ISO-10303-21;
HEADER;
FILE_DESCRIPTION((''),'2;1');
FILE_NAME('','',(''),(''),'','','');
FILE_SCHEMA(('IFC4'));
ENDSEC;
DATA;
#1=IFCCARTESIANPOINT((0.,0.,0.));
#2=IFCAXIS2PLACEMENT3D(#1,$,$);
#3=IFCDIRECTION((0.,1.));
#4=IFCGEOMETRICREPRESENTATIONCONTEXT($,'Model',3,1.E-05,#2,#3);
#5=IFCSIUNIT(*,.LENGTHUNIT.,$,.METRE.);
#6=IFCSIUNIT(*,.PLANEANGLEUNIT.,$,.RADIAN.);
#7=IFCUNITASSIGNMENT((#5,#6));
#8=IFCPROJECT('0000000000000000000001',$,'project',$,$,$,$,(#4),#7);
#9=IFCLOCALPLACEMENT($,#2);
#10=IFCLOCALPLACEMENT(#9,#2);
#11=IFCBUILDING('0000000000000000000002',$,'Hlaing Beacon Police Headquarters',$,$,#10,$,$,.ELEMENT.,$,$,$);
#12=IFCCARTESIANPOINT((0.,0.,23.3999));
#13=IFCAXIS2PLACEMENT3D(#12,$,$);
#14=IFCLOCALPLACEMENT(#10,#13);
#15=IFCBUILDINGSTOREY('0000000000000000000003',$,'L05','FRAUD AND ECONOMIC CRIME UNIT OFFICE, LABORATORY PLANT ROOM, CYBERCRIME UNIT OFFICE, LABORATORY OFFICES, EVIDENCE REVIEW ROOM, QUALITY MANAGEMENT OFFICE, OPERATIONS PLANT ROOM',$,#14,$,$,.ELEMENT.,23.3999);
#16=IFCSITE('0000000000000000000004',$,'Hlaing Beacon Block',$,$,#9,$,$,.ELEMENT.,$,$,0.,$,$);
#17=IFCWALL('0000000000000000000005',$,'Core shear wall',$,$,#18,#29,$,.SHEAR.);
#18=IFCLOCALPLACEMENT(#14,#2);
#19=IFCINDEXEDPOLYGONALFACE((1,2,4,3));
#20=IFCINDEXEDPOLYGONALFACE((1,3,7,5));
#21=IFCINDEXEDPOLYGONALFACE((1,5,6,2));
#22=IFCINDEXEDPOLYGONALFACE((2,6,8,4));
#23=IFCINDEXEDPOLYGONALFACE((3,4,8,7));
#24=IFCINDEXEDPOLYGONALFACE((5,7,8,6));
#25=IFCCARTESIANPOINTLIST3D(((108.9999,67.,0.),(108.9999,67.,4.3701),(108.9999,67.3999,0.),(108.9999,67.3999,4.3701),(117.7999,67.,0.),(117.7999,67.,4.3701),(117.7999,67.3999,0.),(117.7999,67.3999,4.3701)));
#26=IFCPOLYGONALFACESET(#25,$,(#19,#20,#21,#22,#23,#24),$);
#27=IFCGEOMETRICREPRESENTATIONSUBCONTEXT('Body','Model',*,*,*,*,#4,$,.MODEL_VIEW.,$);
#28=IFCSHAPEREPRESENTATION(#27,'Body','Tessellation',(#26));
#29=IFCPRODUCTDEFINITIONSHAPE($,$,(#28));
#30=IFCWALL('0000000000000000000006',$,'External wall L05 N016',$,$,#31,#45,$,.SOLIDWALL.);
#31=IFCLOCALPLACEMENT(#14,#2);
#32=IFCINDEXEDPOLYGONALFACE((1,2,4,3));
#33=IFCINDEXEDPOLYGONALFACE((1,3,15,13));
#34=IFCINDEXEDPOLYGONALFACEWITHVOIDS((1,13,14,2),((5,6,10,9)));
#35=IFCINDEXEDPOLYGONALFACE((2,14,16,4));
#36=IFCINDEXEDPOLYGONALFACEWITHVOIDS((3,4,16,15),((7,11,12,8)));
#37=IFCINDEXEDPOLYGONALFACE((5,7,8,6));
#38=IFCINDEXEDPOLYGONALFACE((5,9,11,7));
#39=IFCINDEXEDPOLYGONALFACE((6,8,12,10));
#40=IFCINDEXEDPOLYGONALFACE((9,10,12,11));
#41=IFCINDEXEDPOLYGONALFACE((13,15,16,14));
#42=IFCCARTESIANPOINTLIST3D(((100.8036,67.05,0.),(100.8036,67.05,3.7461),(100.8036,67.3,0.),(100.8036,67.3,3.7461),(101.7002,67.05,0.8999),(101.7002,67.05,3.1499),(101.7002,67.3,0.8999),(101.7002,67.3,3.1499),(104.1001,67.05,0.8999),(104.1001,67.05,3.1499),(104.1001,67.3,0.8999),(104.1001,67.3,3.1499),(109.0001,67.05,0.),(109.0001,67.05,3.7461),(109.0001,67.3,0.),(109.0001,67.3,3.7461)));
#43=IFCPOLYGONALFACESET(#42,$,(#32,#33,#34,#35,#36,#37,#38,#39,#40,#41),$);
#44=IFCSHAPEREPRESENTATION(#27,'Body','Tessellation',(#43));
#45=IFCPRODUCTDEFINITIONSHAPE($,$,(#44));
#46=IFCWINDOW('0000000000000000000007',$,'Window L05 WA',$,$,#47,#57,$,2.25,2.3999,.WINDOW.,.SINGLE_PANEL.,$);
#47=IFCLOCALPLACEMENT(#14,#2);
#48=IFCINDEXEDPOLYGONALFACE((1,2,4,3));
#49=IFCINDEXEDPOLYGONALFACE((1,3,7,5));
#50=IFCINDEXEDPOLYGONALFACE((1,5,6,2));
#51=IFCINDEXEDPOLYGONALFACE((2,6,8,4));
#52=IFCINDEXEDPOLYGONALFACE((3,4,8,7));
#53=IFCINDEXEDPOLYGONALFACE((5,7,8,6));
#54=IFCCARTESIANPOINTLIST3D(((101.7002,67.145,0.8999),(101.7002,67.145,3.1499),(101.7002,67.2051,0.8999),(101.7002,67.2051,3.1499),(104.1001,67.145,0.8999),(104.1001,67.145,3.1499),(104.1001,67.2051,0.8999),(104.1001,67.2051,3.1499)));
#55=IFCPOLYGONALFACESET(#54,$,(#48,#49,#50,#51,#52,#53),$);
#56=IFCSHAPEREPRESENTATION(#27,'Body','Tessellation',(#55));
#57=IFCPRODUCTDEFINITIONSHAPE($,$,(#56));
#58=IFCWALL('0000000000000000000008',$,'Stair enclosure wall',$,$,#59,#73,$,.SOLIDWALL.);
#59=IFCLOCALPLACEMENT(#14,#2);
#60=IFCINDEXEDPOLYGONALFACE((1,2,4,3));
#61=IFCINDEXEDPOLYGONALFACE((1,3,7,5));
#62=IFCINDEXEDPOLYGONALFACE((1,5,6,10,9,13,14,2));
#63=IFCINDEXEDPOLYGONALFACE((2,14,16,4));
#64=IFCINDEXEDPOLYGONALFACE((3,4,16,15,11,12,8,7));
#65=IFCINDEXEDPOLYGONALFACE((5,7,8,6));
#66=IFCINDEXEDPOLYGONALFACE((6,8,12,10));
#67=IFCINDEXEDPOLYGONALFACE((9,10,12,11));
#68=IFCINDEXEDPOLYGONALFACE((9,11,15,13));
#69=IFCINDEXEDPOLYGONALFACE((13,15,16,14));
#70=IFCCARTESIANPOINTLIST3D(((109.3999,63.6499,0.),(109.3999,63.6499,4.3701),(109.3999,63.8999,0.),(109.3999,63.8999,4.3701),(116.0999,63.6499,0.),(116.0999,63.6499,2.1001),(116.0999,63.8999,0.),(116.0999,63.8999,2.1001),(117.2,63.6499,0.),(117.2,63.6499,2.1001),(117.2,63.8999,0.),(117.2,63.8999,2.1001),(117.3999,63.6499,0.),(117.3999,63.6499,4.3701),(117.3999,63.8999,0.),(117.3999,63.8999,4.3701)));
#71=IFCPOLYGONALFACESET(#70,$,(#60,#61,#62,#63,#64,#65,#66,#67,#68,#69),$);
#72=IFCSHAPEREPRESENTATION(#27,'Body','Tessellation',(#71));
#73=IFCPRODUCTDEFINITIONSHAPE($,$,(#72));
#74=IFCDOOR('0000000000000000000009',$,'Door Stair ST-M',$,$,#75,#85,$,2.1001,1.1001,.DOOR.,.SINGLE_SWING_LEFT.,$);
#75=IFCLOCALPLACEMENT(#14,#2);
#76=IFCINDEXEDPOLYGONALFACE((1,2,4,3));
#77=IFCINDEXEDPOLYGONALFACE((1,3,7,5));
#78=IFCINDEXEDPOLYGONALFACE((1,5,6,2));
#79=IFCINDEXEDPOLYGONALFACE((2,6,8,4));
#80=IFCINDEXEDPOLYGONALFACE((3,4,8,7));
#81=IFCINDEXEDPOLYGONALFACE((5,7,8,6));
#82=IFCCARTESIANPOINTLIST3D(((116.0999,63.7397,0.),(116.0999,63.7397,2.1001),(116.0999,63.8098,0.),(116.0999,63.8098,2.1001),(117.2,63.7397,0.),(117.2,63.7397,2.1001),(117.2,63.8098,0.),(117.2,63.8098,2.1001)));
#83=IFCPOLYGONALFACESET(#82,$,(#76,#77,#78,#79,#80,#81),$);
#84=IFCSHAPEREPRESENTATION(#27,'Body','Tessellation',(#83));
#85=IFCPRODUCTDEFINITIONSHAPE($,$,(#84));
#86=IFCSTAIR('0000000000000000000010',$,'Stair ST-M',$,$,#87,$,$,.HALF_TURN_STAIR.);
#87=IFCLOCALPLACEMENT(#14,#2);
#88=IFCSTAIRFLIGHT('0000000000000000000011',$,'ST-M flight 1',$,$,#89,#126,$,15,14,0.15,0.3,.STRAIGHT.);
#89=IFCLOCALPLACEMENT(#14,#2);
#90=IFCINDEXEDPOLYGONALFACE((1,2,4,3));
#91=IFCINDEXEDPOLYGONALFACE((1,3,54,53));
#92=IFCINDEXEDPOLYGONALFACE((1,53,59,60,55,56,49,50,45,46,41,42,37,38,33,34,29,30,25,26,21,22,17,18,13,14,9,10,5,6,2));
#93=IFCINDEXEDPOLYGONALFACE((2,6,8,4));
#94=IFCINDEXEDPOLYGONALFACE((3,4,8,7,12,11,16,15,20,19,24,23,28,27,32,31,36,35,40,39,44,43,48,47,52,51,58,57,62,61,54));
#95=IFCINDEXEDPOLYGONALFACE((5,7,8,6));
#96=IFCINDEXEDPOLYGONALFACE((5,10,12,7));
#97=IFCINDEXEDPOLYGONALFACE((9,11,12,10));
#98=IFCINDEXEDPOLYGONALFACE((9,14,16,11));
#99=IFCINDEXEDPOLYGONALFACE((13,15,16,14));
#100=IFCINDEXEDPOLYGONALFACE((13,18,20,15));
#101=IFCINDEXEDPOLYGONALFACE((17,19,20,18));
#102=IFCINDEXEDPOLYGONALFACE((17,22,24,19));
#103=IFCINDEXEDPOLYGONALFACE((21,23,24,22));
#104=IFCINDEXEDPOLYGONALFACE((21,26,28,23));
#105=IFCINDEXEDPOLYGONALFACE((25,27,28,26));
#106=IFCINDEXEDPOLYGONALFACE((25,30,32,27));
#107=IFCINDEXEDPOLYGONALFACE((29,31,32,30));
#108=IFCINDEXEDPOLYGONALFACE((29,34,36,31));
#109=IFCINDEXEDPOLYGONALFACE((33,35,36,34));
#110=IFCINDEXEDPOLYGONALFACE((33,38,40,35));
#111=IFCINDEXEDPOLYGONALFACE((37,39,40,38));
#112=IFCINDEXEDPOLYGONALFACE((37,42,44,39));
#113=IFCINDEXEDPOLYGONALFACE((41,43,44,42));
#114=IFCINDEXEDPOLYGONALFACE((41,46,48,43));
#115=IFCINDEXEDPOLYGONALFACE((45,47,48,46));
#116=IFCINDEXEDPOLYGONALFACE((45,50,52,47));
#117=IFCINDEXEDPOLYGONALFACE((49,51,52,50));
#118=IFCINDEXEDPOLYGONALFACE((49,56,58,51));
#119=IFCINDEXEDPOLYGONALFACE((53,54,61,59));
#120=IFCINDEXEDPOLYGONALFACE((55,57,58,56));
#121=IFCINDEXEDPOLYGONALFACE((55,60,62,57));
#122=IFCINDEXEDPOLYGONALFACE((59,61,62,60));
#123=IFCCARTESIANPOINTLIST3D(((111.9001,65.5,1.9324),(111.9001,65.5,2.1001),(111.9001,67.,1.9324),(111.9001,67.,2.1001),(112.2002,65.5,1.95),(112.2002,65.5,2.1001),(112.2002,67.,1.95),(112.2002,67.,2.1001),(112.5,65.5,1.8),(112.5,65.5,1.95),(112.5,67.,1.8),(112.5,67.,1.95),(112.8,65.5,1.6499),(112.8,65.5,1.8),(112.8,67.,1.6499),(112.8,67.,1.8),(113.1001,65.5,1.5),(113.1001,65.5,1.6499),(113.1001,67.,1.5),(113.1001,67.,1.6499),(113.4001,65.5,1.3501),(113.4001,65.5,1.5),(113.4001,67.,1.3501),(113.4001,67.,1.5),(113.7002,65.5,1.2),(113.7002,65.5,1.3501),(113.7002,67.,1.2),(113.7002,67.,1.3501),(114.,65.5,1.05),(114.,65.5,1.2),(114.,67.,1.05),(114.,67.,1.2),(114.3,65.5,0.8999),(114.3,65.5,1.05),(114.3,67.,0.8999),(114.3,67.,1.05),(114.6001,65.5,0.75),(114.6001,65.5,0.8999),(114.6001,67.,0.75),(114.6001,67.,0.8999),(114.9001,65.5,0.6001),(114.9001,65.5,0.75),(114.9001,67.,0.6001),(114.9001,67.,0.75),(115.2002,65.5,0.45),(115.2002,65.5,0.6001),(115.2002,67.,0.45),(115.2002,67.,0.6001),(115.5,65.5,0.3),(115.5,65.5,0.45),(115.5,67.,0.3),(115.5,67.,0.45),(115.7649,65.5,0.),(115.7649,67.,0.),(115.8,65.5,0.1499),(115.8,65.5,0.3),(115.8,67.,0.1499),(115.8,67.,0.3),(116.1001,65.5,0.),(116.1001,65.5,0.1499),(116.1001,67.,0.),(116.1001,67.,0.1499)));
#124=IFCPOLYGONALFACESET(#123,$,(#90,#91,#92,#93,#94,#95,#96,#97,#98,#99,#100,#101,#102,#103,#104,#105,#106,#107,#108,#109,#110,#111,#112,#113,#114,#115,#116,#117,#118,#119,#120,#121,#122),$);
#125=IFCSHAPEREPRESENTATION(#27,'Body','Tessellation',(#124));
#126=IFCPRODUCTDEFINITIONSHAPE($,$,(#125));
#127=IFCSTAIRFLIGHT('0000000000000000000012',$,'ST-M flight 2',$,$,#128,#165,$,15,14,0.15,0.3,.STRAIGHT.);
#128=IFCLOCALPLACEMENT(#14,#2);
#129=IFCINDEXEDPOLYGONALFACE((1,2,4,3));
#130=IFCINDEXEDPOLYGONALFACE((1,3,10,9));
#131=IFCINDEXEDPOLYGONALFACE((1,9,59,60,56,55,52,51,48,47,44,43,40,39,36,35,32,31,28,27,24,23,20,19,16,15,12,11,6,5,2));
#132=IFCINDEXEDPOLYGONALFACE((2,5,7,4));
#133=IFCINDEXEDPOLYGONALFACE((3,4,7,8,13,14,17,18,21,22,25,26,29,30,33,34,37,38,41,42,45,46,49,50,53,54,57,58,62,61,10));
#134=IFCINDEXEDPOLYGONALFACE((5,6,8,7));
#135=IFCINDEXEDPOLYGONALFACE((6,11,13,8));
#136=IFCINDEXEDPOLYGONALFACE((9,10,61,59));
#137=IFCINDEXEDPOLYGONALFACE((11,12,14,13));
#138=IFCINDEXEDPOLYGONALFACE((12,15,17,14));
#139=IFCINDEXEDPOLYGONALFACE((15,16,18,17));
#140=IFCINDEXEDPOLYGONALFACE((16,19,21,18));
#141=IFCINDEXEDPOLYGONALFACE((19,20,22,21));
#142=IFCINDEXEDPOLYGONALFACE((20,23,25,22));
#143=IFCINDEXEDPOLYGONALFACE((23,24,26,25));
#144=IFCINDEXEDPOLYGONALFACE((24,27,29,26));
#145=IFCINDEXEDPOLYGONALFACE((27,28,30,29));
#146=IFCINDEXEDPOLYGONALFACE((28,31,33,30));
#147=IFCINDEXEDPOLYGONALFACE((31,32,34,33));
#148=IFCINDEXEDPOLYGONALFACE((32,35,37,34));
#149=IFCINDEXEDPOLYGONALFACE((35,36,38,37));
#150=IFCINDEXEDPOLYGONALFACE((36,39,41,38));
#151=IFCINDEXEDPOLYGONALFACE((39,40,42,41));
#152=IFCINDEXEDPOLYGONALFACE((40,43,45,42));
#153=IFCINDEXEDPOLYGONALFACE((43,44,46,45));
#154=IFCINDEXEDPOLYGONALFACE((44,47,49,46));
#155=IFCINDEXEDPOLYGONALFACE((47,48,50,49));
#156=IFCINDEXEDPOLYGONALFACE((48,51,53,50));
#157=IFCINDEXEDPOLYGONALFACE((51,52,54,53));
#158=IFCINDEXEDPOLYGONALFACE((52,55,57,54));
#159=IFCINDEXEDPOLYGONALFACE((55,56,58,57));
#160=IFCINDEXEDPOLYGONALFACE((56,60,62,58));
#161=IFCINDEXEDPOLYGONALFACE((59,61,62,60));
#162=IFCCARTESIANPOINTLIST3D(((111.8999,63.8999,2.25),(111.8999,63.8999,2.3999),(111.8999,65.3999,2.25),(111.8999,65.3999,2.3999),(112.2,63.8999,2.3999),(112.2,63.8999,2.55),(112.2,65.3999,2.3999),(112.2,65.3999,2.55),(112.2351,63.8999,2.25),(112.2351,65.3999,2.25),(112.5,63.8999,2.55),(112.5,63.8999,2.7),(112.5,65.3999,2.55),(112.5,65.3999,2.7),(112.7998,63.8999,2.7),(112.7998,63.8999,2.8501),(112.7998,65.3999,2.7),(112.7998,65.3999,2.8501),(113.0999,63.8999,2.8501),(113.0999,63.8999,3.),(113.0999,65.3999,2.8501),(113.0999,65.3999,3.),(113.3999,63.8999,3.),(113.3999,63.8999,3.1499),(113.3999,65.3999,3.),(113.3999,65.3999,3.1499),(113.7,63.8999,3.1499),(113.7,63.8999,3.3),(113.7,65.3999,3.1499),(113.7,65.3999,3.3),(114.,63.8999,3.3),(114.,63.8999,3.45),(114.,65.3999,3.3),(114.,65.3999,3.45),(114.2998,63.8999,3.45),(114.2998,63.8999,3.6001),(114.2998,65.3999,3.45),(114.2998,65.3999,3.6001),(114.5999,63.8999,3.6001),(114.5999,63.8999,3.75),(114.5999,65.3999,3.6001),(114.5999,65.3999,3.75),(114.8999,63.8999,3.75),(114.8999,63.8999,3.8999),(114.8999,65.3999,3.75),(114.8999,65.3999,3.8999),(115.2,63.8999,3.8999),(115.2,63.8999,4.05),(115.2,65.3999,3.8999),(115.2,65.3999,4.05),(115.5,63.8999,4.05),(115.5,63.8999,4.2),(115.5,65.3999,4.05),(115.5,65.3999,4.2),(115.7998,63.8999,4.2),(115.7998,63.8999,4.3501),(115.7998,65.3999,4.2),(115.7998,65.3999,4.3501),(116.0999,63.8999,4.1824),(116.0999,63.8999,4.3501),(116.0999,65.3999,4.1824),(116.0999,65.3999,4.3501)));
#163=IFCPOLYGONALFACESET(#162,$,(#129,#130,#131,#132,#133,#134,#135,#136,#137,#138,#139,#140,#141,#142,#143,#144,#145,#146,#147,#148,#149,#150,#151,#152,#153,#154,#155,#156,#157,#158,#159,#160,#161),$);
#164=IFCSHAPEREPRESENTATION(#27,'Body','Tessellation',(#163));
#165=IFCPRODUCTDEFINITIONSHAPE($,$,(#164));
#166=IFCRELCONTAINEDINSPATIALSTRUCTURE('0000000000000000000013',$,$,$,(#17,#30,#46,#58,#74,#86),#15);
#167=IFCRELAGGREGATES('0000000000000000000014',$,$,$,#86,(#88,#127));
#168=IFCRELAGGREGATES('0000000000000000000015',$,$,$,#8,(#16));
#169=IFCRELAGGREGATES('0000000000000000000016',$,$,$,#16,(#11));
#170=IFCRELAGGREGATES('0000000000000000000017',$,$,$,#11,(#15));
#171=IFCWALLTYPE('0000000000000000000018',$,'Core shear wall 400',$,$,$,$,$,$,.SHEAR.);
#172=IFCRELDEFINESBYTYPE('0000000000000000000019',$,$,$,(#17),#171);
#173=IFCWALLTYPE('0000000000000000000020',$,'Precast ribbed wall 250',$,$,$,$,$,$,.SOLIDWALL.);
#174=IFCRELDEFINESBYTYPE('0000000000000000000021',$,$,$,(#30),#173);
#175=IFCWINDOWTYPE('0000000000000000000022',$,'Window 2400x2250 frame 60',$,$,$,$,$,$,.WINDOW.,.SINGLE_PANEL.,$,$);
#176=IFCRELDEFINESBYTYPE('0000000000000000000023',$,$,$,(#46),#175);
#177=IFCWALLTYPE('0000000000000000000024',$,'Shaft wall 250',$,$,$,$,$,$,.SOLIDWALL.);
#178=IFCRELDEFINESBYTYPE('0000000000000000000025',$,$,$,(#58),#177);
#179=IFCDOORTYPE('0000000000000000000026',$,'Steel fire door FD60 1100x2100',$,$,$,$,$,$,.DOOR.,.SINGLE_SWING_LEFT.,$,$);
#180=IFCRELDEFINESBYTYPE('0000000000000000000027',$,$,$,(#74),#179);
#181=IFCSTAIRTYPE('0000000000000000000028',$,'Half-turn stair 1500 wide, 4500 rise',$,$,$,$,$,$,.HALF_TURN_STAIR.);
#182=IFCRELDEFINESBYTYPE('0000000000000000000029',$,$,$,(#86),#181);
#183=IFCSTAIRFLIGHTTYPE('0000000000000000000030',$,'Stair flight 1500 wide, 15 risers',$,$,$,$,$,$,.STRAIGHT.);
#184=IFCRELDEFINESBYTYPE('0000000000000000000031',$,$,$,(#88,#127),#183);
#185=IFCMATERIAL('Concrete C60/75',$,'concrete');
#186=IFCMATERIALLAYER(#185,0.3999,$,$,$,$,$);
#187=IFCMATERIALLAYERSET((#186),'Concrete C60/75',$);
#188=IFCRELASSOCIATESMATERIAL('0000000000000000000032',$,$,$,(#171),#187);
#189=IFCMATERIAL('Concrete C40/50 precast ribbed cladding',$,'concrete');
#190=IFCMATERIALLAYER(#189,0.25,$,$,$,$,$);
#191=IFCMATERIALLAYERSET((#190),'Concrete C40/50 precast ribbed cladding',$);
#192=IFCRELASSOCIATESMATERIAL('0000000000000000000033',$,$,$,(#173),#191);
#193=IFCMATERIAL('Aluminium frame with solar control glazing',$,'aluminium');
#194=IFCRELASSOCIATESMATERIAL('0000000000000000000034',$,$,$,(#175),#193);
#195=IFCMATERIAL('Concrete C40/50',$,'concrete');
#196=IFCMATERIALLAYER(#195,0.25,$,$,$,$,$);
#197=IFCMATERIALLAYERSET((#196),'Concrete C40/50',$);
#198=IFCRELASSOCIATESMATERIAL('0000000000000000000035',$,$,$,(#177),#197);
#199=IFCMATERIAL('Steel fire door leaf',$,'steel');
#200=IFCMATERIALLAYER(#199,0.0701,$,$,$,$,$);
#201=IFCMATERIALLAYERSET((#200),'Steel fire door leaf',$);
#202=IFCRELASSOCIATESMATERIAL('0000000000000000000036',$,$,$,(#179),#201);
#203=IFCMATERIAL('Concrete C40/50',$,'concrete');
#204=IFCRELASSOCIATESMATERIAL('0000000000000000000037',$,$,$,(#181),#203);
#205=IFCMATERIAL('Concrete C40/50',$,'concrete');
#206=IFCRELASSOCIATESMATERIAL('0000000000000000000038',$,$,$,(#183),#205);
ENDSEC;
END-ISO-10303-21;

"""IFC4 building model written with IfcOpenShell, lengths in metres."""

from ifc_helpers import new_model, si_unit, direction, frame, frame_2d, origin, place, context, subcontext, project, spatial, polyline, rectangle, outline, extrude, material, layer, layer_set, type_object, element, fill, aggregate, save


model = new_model("IFC4")

# Units and contexts
model_context = context("Model", 3, precision=1e-05, world=origin(), true_north=direction((0.0, 1.0)))
body_context = subcontext(model_context, "Body", "Model", "MODEL_VIEW")
ifc_project = project(units=[si_unit("LENGTHUNIT", "METRE"), si_unit("PLANEANGLEUNIT", "RADIAN")], contexts=[model_context])

# Site, building, storey
site_placement = place(None, origin())
site = spatial("IfcSite", under=ifc_project, at=site_placement, Name="Hlaing Beacon Block", CompositionType="ELEMENT", RefElevation=0.0)
building_placement = place(site_placement, origin())
building = spatial("IfcBuilding", under=site, at=building_placement, Name="Hlaing Beacon Police Headquarters", CompositionType="ELEMENT")
storey_placement = place(building_placement, frame((0.0, 0.0, 23.3999)))
storey = spatial("IfcBuildingStorey", under=building, at=storey_placement, Name="L05", Description="FRAUD AND ECONOMIC CRIME UNIT OFFICE, LABORATORY PLANT ROOM, CYBERCRIME UNIT OFFICE, LABORATORY OFFICES, EVIDENCE REVIEW ROOM, QUALITY MANAGEMENT OFFICE, OPERATIONS PLANT ROOM", CompositionType="ELEMENT", Elevation=23.3999)

# Wall
ifc_material_1 = material(Name="Concrete C60/75", Category="concrete")
ifc_layer_1 = layer(ifc_material_1, 0.3999)
ifc_layer_set_1 = layer_set([ifc_layer_1], Name="Concrete C60/75")
wall_type_1 = type_object("IfcWallType", Name="Core shear wall 400", PredefinedType="SHEAR", material=ifc_layer_set_1)
wall_1_placement = place(storey_placement, frame((109.0, 67.2, 0.0), z_axis=(0.0, 0.0, 1.0), x_axis=(1.0, 0.0, 0.0)))
element("IfcWall", 1, at=wall_1_placement, inside=storey, type_object=wall_type_1, Name="Core shear wall", PredefinedType="SHEAR", context=body_context, shape_type="SweptSolid", body=[
    extrude(rectangle(XDim=8.8, YDim=0.3999, at=frame_2d((4.3999, 0.0))), origin(), (0.0, 0.0, 1.0), 4.3701),
])

# Wall, opening, window
ifc_material_2 = material(Name="Concrete C40/50 precast ribbed cladding", Category="concrete")
ifc_layer_2 = layer(ifc_material_2, 0.25)
ifc_layer_set_2 = layer_set([ifc_layer_2], Name="Concrete C40/50 precast ribbed cladding")
wall_type_2 = type_object("IfcWallType", Name="Precast ribbed wall 250", PredefinedType="SOLIDWALL", material=ifc_layer_set_2)
wall_2_placement = place(storey_placement, frame((109.0, 67.175, 0.0), z_axis=(0.0, 0.0, 1.0), x_axis=(-1.0, 0.0, 0.0)))
wall_2 = element("IfcWall", 2, at=wall_2_placement, inside=storey, type_object=wall_type_2, Name="External wall L05 N016", PredefinedType="SOLIDWALL", context=body_context, shape_type="SweptSolid", body=[
    extrude(rectangle(XDim=8.1965, YDim=0.25, at=frame_2d((4.0981, 0.0))), origin(), (0.0, 0.0, 1.0), 3.7461),
])
opening_1_placement = place(wall_2_placement, frame((4.8999, 0.0, 0.8999)))
opening_1 = element("IfcOpeningElement", 3, at=opening_1_placement, cuts=wall_2, PredefinedType="OPENING", context=body_context, shape_type="SweptSolid", body=[
    extrude(rectangle(XDim=2.3999, YDim=2.25, at=frame_2d((1.2, 1.125))), frame((0.0, 0.135, 0.0), z_axis=(0.0, -1.0, 0.0), x_axis=(1.0, 0.0, 0.0)), (0.0, 0.0, 1.0), 0.27),
])
ifc_material_3 = material(Name="Aluminium frame with solar control glazing", Category="aluminium")
window_type = type_object("IfcWindowType", Name="Window 2400x2250 frame 60", PartitioningType="SINGLE_PANEL", PredefinedType="WINDOW", material=ifc_material_3)
window_placement = place(opening_1_placement, origin())
window = element("IfcWindow", 4, at=window_placement, inside=storey, type_object=window_type, Name="Window L05 WA", OverallHeight=2.25, OverallWidth=2.3999, PartitioningType="SINGLE_PANEL", PredefinedType="WINDOW", context=body_context, shape_type="SweptSolid", body=[
    extrude(rectangle(XDim=2.3999, YDim=2.25, at=frame_2d((1.2, 1.125))), frame((0.0, 0.03, 0.0), z_axis=(0.0, -1.0, 0.0), x_axis=(1.0, 0.0, 0.0)), (0.0, 0.0, 1.0), 0.0601),
])
fill(opening_1, window)

# Wall, opening, door
ifc_material_4 = material(Name="Concrete C40/50", Category="concrete")
ifc_layer_3 = layer(ifc_material_4, 0.25)
ifc_layer_set_3 = layer_set([ifc_layer_3], Name="Concrete C40/50")
wall_type_3 = type_object("IfcWallType", Name="Shaft wall 250", PredefinedType="SOLIDWALL", material=ifc_layer_set_3)
wall_3_placement = place(storey_placement, frame((117.3999, 63.7749, 0.0), z_axis=(0.0, 0.0, 1.0), x_axis=(-1.0, 0.0, 0.0)))
wall_3 = element("IfcWall", 5, at=wall_3_placement, inside=storey, type_object=wall_type_3, Name="Stair enclosure wall", PredefinedType="SOLIDWALL", context=body_context, shape_type="SweptSolid", body=[
    extrude(rectangle(XDim=8.0, YDim=0.25, at=frame_2d((4.0, 0.0))), origin(), (0.0, 0.0, 1.0), 4.3701),
])
opening_2_placement = place(wall_3_placement, frame((0.2, 0.0, 0.0)))
opening_2 = element("IfcOpeningElement", 6, at=opening_2_placement, cuts=wall_3, PredefinedType="OPENING", context=body_context, shape_type="SweptSolid", body=[
    extrude(rectangle(XDim=1.1001, YDim=2.1001, at=frame_2d((0.55, 1.05))), frame((0.0, 0.135, 0.0), z_axis=(0.0, -1.0, 0.0), x_axis=(1.0, 0.0, 0.0)), (0.0, 0.0, 1.0), 0.27),
])
ifc_material_5 = material(Name="Steel fire door leaf", Category="steel")
ifc_layer_4 = layer(ifc_material_5, 0.0701)
ifc_layer_set_4 = layer_set([ifc_layer_4], Name="Steel fire door leaf")
door_type = type_object("IfcDoorType", Name="Steel fire door FD60 1100x2100", OperationType="SINGLE_SWING_LEFT", PredefinedType="DOOR", material=ifc_layer_set_4)
door_placement = place(opening_2_placement, frame((1.1001, 0.0, 0.0), z_axis=(0.0, 0.0, 1.0), x_axis=(-1.0, 0.0, 0.0)))
door = element("IfcDoor", 7, at=door_placement, inside=storey, type_object=door_type, Name="Door Stair ST-M", OperationType="SINGLE_SWING_LEFT", OverallHeight=2.1001, OverallWidth=1.1001, PredefinedType="DOOR", context=body_context, shape_type="SweptSolid", body=[
    extrude(rectangle(XDim=1.1001, YDim=2.1001, at=frame_2d((0.55, 1.05))), frame((0.0, 0.0349, 0.0), z_axis=(0.0, -1.0, 0.0), x_axis=(1.0, 0.0, 0.0)), (0.0, 0.0, 1.0), 0.0701),
])
fill(opening_2, door)

# Stair, stair flights
ifc_material_6 = material(Name="Concrete C40/50", Category="concrete")
stair_type = type_object("IfcStairType", Name="Half-turn stair 1500 wide, 4500 rise", PredefinedType="HALF_TURN_STAIR", material=ifc_material_6)
stair_placement = place(storey_placement, origin())
stair = element("IfcStair", 8, at=stair_placement, inside=storey, type_object=stair_type, Name="Stair ST-M", PredefinedType="HALF_TURN_STAIR")
ifc_material_7 = material(Name="Concrete C40/50", Category="concrete")
stair_flight_type = type_object("IfcStairFlightType", Name="Stair flight 1500 wide, 15 risers", PredefinedType="STRAIGHT", material=ifc_material_7)
stair_flight_1_placement = place(storey_placement, frame((116.1001, 66.25, 0.0), z_axis=(0.0, 0.0, 1.0), x_axis=(-1.0, 0.0, 0.0)))
stair_flight_1 = element("IfcStairFlight", 9, at=stair_flight_1_placement, type_object=stair_flight_type, Name="ST-M flight 1", NumberOfRisers=15, NumberOfTreads=14, PredefinedType="STRAIGHT", RiserHeight=0.15, TreadLength=0.3, context=body_context, shape_type="SweptSolid", body=[
    extrude(outline(polyline([(0.0, 0.0), (0.0, 0.1499), (0.3, 0.1499), (0.3, 0.3), (0.6001, 0.3), (0.6001, 0.45), (0.8999, 0.45), (0.8999, 0.6001), (1.2, 0.6001), (1.2, 0.75), (1.5, 0.75), (1.5, 0.8999), (1.8, 0.8999), (1.8, 1.05), (2.1001, 1.05), (2.1001, 1.2), (2.3999, 1.2), (2.3999, 1.3501), (2.7, 1.3501), (2.7, 1.5), (3.0, 1.5), (3.0, 1.6499), (3.3, 1.6499), (3.3, 1.8), (3.6001, 1.8), (3.6001, 1.95), (3.8999, 1.95), (3.8999, 2.1001), (4.2, 2.1001), (4.2, 2.25), (4.2, 1.9324), (0.3352, 0.0), (0.0, 0.0)])), frame((0.0, 0.75, 0.0), z_axis=(0.0, -1.0, 0.0), x_axis=(1.0, 0.0, 0.0)), (0.0, 0.0, 1.0), 1.5),
])
stair_flight_2_placement = place(storey_placement, frame((111.8999, 64.6499, 2.25), z_axis=(0.0, 0.0, 1.0), x_axis=(1.0, 0.0, 0.0)))
stair_flight_2 = element("IfcStairFlight", 10, at=stair_flight_2_placement, type_object=stair_flight_type, Name="ST-M flight 2", NumberOfRisers=15, NumberOfTreads=14, PredefinedType="STRAIGHT", RiserHeight=0.15, TreadLength=0.3, context=body_context, shape_type="SweptSolid", body=[
    extrude(outline(polyline([(0.0, 0.0), (0.0, 0.1499), (0.3, 0.1499), (0.3, 0.3), (0.6001, 0.3), (0.6001, 0.45), (0.8999, 0.45), (0.8999, 0.6001), (1.2, 0.6001), (1.2, 0.75), (1.5, 0.75), (1.5, 0.8999), (1.8, 0.8999), (1.8, 1.05), (2.1001, 1.05), (2.1001, 1.2), (2.3999, 1.2), (2.3999, 1.3501), (2.7, 1.3501), (2.7, 1.5), (3.0, 1.5), (3.0, 1.6499), (3.3, 1.6499), (3.3, 1.8), (3.6001, 1.8), (3.6001, 1.95), (3.8999, 1.95), (3.8999, 2.1001), (4.2, 2.1001), (4.2, 2.25), (4.2, 1.9324), (0.3352, 0.0), (0.0, 0.0)])), frame((0.0, 0.75, 0.0), z_axis=(0.0, -1.0, 0.0), x_axis=(1.0, 0.0, 0.0)), (0.0, 0.0, 1.0), 1.5),
])
aggregate(stair, [stair_flight_1, stair_flight_2])

save(model, "model.ifc")
